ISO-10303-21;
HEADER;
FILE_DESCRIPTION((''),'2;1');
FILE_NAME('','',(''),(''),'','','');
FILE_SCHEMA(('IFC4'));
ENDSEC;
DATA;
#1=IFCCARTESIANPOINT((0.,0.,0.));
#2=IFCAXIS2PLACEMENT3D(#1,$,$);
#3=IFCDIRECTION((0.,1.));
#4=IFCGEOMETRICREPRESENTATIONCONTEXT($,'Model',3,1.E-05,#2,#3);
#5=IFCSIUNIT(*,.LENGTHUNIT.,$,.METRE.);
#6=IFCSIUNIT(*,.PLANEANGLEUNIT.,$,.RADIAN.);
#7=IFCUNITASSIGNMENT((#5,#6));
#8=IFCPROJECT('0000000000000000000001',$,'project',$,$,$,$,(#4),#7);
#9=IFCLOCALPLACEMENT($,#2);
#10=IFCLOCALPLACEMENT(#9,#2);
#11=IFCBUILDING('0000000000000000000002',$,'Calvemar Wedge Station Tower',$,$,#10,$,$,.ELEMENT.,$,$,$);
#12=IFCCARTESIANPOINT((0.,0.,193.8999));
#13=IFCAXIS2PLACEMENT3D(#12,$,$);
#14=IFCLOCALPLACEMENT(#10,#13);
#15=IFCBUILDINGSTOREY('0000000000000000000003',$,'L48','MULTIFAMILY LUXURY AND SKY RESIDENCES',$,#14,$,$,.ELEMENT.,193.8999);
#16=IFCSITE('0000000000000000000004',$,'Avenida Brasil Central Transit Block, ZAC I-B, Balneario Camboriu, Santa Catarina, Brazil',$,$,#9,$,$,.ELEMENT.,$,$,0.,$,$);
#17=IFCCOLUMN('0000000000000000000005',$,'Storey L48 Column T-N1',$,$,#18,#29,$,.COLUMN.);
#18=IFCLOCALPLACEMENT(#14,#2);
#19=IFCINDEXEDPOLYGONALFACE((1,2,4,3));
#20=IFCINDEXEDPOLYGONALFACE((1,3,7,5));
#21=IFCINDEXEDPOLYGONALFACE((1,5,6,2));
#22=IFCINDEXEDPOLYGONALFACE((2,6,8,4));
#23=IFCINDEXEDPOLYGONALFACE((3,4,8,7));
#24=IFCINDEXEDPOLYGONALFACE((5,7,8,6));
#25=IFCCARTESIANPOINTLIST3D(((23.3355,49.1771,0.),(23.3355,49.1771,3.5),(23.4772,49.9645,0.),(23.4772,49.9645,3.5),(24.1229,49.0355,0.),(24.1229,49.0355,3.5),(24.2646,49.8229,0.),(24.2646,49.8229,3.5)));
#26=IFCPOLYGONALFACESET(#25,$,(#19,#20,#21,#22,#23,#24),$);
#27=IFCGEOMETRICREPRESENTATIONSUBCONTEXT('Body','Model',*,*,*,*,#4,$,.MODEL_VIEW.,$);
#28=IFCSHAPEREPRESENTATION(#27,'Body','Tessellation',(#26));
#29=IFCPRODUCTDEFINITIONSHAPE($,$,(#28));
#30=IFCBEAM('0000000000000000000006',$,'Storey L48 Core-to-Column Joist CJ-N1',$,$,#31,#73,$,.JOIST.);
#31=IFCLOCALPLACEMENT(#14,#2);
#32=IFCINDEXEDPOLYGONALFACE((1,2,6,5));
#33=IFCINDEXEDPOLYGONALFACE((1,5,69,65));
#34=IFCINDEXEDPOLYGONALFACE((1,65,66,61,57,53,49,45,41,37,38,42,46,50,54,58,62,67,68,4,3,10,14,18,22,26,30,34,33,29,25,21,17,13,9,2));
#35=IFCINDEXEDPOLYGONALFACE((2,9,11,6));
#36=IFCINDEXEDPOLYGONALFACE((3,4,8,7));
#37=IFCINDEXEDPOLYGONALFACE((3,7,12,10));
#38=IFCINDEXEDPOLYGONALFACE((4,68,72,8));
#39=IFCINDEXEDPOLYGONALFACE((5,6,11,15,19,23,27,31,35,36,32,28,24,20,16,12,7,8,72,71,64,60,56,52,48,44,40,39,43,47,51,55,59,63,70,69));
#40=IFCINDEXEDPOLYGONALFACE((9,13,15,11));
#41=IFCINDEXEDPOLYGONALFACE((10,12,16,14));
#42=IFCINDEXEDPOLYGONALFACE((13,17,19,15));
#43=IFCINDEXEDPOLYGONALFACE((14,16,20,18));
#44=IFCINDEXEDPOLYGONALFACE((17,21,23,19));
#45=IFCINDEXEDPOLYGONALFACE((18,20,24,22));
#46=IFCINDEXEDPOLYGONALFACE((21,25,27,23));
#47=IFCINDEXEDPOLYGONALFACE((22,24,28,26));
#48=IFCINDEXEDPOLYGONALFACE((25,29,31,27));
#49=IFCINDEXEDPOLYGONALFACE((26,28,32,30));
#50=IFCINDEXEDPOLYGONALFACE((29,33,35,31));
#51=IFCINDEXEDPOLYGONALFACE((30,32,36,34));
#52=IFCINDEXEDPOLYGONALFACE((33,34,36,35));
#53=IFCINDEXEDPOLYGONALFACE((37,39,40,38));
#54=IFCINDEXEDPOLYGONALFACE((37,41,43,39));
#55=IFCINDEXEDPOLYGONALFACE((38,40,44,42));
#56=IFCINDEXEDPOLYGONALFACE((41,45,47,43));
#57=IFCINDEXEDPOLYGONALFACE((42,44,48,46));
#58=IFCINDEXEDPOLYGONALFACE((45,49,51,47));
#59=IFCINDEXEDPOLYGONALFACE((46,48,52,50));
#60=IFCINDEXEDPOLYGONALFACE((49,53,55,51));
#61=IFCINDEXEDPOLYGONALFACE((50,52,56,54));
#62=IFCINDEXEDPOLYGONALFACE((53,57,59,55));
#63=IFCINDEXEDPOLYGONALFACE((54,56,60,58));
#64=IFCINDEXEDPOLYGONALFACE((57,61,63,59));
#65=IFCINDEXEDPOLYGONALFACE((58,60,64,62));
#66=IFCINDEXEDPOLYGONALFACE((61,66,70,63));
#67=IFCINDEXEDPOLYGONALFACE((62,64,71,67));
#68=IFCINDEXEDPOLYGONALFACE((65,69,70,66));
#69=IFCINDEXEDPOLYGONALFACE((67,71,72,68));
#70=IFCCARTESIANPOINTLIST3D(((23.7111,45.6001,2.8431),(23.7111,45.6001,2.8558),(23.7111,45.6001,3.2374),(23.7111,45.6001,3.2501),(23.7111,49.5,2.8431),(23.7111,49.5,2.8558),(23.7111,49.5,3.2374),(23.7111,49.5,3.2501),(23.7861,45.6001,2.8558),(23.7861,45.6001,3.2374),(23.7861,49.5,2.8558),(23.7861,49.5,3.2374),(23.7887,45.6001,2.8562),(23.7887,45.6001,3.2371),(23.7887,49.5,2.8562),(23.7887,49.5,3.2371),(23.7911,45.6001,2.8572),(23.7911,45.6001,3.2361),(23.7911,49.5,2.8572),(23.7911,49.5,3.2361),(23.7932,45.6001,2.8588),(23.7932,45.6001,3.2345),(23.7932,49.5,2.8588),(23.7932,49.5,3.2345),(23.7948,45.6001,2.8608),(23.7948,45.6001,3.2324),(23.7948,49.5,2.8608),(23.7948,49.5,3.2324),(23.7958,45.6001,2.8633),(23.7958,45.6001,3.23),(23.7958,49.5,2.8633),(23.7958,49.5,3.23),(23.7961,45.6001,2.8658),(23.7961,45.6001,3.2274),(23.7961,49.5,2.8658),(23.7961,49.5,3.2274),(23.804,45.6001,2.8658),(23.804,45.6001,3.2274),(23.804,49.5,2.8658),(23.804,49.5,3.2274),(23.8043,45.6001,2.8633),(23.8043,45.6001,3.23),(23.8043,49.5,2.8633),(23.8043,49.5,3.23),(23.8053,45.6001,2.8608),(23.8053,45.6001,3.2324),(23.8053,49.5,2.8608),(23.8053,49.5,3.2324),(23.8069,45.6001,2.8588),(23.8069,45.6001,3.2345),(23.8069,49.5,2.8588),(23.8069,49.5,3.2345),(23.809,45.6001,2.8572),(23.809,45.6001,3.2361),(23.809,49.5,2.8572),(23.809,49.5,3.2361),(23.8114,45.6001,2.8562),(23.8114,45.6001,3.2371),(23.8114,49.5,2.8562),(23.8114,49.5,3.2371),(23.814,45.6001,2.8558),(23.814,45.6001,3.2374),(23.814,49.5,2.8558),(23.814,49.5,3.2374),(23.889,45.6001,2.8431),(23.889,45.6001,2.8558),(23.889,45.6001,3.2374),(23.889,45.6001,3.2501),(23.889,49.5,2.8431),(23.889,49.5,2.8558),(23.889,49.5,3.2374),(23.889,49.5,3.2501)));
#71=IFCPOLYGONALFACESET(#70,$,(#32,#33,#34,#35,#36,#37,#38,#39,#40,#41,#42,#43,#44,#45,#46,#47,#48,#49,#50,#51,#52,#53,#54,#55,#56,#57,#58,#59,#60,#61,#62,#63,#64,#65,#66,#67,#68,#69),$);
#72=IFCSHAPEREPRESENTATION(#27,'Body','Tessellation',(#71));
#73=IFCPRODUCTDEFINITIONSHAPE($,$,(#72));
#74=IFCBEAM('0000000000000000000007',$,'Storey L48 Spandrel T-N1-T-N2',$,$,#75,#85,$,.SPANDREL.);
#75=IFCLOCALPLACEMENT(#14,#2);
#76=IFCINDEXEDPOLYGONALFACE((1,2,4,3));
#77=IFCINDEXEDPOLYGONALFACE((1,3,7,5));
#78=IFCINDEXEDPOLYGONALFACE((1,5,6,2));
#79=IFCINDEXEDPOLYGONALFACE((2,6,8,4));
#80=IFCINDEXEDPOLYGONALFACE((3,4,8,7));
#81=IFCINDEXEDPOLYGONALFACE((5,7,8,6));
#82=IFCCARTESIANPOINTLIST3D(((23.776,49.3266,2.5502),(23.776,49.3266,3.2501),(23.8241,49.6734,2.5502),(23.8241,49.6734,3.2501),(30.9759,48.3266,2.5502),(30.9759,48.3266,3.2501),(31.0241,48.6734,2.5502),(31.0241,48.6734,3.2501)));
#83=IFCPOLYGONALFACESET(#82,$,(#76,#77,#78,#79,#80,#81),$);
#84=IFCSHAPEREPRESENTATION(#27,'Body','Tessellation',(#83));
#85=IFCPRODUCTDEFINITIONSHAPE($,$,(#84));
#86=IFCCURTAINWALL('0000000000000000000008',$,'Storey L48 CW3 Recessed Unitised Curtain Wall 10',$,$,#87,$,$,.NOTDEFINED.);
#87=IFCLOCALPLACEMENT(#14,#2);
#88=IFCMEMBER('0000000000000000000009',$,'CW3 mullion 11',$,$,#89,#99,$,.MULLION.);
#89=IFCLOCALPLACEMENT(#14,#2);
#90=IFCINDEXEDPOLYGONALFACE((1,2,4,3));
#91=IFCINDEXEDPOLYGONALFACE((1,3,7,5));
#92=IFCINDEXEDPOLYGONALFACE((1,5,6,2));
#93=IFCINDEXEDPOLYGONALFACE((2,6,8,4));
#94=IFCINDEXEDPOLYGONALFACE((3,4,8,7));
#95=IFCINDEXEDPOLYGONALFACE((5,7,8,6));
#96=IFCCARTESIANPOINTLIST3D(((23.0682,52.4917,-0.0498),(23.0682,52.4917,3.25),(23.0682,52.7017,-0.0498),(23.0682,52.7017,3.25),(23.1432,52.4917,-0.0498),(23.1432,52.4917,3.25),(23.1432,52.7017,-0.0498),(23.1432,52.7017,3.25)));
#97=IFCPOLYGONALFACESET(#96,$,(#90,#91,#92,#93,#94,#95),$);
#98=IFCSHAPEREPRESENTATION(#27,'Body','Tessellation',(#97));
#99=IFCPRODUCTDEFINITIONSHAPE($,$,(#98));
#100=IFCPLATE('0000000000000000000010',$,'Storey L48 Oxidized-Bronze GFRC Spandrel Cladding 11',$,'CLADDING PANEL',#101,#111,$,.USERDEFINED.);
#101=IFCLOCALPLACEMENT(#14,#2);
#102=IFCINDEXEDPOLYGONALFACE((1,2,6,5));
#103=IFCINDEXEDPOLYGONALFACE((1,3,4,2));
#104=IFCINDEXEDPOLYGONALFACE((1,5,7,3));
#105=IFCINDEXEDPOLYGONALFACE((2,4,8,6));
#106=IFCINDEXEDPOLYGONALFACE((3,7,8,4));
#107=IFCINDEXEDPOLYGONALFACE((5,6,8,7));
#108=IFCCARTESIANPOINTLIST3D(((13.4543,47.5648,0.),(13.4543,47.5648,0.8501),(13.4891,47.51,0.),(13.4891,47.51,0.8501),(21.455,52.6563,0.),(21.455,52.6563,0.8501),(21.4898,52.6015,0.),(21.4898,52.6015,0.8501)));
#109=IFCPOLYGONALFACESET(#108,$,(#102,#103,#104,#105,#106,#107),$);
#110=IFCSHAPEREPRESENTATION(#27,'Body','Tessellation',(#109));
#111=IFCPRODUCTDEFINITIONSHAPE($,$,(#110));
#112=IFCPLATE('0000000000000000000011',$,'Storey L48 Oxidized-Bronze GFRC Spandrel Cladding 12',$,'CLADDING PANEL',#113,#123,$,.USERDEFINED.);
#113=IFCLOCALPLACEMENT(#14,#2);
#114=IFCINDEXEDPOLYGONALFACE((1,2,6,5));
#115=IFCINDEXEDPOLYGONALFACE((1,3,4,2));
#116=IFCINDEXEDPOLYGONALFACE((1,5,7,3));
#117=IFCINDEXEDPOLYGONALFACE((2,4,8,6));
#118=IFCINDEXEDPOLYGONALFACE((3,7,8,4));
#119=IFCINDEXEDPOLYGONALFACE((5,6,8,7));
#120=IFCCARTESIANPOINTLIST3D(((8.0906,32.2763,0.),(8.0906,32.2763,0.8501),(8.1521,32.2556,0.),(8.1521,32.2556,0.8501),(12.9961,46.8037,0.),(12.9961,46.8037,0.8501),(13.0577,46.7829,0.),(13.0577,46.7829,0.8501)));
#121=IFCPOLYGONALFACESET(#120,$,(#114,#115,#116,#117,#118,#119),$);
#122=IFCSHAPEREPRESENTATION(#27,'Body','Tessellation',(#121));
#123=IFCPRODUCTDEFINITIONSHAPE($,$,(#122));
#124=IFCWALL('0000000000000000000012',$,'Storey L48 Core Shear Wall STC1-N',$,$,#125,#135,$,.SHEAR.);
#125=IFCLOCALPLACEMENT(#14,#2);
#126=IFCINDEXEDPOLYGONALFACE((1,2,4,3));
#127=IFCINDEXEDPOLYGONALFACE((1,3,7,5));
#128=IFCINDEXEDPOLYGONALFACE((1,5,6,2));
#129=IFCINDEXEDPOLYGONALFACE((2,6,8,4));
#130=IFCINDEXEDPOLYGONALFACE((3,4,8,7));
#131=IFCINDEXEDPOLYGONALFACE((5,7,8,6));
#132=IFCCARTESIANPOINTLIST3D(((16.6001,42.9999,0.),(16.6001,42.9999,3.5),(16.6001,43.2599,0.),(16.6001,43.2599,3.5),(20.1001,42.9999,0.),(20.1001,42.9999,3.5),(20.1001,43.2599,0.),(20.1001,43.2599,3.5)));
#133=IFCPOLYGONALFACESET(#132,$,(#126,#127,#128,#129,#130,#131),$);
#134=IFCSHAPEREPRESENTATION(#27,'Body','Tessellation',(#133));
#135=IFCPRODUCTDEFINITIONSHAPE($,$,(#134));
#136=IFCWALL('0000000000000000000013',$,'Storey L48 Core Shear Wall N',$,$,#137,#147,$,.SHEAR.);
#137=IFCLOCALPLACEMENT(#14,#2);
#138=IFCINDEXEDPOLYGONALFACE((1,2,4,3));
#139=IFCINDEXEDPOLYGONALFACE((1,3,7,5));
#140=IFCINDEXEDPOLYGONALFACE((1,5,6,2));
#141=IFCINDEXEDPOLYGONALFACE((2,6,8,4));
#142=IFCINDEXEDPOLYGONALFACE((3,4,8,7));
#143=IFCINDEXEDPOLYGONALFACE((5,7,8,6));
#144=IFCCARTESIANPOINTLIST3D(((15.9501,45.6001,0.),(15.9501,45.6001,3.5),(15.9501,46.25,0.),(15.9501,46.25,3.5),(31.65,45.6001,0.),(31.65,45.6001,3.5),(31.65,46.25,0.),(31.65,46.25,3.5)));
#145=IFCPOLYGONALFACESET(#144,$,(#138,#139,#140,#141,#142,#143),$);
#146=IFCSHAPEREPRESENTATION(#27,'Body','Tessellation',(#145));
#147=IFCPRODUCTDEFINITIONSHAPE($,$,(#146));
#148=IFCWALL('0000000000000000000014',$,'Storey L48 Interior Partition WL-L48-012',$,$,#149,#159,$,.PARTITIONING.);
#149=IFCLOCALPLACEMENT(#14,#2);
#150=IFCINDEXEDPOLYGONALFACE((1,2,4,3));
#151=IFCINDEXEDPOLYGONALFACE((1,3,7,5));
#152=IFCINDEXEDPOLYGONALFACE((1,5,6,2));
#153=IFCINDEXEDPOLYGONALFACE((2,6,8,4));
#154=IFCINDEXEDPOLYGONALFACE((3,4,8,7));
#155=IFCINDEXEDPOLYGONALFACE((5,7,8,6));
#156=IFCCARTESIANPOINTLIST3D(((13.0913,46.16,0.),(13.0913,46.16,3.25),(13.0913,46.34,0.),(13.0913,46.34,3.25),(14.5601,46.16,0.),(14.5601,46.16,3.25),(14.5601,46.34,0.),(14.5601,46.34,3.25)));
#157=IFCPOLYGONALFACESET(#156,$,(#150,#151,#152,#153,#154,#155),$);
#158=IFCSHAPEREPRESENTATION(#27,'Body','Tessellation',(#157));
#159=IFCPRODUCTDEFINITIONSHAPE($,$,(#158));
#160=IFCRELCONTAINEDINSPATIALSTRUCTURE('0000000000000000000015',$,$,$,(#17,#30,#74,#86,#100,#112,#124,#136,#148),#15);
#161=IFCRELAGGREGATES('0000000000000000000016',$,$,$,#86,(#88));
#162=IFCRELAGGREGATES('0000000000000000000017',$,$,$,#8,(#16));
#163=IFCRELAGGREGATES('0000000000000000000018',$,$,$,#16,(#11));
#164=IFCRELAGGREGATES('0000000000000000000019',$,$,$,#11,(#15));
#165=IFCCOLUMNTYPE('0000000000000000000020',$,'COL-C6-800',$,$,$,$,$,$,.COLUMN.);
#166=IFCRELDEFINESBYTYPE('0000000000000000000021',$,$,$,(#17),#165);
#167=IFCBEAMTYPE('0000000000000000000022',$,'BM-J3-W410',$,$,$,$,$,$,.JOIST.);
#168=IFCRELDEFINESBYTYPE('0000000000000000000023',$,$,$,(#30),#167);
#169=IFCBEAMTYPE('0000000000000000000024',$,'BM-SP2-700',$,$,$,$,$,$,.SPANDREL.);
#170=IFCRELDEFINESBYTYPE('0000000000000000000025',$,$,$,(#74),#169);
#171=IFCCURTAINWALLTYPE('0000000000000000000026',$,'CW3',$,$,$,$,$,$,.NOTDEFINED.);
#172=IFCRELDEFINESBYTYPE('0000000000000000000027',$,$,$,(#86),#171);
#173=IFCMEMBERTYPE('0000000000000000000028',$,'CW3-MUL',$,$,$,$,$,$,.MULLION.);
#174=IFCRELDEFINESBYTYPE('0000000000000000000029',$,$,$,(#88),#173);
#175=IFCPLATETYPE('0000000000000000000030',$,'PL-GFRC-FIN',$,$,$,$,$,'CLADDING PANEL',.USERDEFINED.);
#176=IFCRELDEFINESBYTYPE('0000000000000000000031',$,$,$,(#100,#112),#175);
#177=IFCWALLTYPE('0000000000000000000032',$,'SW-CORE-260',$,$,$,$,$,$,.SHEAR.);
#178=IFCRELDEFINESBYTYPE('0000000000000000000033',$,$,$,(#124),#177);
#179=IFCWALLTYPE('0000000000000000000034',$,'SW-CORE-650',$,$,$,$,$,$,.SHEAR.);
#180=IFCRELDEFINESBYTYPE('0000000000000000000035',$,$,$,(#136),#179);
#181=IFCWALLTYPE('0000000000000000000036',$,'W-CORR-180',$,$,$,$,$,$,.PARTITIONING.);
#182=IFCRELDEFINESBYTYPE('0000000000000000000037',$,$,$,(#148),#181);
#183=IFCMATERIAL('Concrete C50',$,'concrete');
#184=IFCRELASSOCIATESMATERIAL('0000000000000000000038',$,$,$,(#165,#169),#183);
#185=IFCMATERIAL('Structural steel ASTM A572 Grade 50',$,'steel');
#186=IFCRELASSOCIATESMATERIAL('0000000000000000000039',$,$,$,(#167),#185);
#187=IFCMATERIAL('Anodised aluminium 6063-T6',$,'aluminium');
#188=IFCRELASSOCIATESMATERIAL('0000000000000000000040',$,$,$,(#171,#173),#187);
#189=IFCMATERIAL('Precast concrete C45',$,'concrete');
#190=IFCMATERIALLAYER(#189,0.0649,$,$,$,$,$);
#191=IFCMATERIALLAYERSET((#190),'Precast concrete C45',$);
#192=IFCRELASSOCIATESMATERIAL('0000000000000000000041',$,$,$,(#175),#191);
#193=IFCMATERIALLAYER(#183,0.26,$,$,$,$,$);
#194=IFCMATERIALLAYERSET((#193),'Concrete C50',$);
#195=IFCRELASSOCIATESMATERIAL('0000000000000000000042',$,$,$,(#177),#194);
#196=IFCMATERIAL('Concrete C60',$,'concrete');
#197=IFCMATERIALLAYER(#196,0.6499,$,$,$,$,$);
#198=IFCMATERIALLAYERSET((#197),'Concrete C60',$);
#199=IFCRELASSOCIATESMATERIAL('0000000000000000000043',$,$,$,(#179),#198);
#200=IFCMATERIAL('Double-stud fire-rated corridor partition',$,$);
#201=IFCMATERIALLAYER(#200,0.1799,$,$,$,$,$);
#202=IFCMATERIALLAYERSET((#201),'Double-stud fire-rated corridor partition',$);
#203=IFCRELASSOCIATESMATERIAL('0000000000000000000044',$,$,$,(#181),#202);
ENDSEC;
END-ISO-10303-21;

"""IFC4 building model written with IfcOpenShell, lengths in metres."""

from ifc_helpers import new_model, si_unit, direction, frame, frame_2d, origin, origin_2d, place, context, subcontext, project, spatial, rectangle, i_section, extrude, source, transform, mapped, material, layer, layer_set, material_profile, profile_set, type_object, element, aggregate, save


model = new_model("IFC4")

# Units and contexts
model_context = context("Model", 3, precision=1e-05, world=origin(), true_north=direction((0.0, 1.0)))
body_context = subcontext(model_context, "Body", "Model", "MODEL_VIEW")
ifc_project = project(units=[si_unit("LENGTHUNIT", "METRE"), si_unit("PLANEANGLEUNIT", "RADIAN")], contexts=[model_context])

# Site, building, storey
site_placement = place(None, origin())
site = spatial("IfcSite", under=ifc_project, at=site_placement, Name="Avenida Brasil Central Transit Block, ZAC I-B, Balneario Camboriu, Santa Catarina, Brazil", CompositionType="ELEMENT", RefElevation=0.0)
building_placement = place(site_placement, origin())
building = spatial("IfcBuilding", under=site, at=building_placement, Name="Calvemar Wedge Station Tower", CompositionType="ELEMENT")
storey_placement = place(building_placement, frame((0.0, 0.0, 193.8999)))
storey = spatial("IfcBuildingStorey", under=building, at=storey_placement, Name="L48", Description="MULTIFAMILY LUXURY AND SKY RESIDENCES", CompositionType="ELEMENT", Elevation=193.8999)

# Column
ifc_material_1 = material(Name="Concrete C50", Category="concrete")
ifc_material_profile_1 = material_profile(ifc_material_1, rectangle(XDim=0.8, YDim=0.8, at=origin_2d()), Name="RC800x800")
ifc_profile_set_1 = profile_set([ifc_material_profile_1], Name="Concrete C50")
column_type = type_object("IfcColumnType", Name="COL-C6-800", PredefinedType="COLUMN", material=ifc_profile_set_1)
shared_shape_1 = source(origin(), body_context, "Body", "SweptSolid", [
    extrude(rectangle(XDim=0.8, YDim=0.8, at=origin_2d()), origin(), (0.0, 0.0, 1.0), 3.5),
])
column_placement = place(storey_placement, frame((23.8, 49.5, 0.0), z_axis=(0.0, 0.0, 1.0), x_axis=(0.984196, -0.177085, 0.0)))
element("IfcColumn", 1, at=column_placement, inside=storey, type_object=column_type, Name="Storey L48 Column T-N1", PredefinedType="COLUMN", context=body_context, shape_type="MappedRepresentation", body=[
    mapped(shared_shape_1, transform((0.0, 0.0, 0.0), scale=1.0)),
])

# Beams
ifc_material_2 = material(Name="Structural steel ASTM A572 Grade 50", Category="steel")
ifc_material_profile_2 = material_profile(ifc_material_2, i_section(OverallWidth=0.178, OverallDepth=0.407, WebThickness=0.0078, FlangeThickness=0.0127, FilletRadius=0.01, at=origin_2d()), Name="W410x60")
ifc_profile_set_2 = profile_set([ifc_material_profile_2], Name="Structural steel ASTM A572 Grade 50")
beam_type_1 = type_object("IfcBeamType", Name="BM-J3-W410", PredefinedType="JOIST", material=ifc_profile_set_2)
shared_shape_2 = source(origin(), body_context, "Body", "SweptSolid", [
    extrude(i_section(OverallWidth=0.178, OverallDepth=0.407, WebThickness=0.0078, FlangeThickness=0.0127, FilletRadius=0.01, at=origin_2d()), origin(), (0.0, 0.0, 1.0), 3.8999),
])
beam_1_placement = place(storey_placement, frame((23.8, 45.6001, 3.0466), z_axis=(0.0, 1.0, 0.0), x_axis=(-1.0, 0.0, 0.0)))
element("IfcBeam", 2, at=beam_1_placement, inside=storey, type_object=beam_type_1, Name="Storey L48 Core-to-Column Joist CJ-N1", PredefinedType="JOIST", context=body_context, shape_type="MappedRepresentation", body=[
    mapped(shared_shape_2, transform((0.0, 0.0, 0.0), scale=1.0)),
])
ifc_material_profile_3 = material_profile(ifc_material_1, rectangle(XDim=0.3501, YDim=0.7, at=origin_2d()), Name="RC350x700")
ifc_profile_set_3 = profile_set([ifc_material_profile_3], Name="Concrete C50")
beam_type_2 = type_object("IfcBeamType", Name="BM-SP2-700", PredefinedType="SPANDREL", material=ifc_profile_set_3)
shared_shape_3 = source(origin(), body_context, "Body", "SweptSolid", [
    extrude(rectangle(XDim=0.3501, YDim=0.7, at=origin_2d()), origin(), (0.0, 0.0, 1.0), 7.269),
])
beam_2_placement = place(storey_placement, frame((23.8, 49.5, 2.9001), z_axis=(0.990492, -0.137569, 0.0), x_axis=(0.137569, 0.990492, 0.0)))
element("IfcBeam", 3, at=beam_2_placement, inside=storey, type_object=beam_type_2, Name="Storey L48 Spandrel T-N1-T-N2", PredefinedType="SPANDREL", context=body_context, shape_type="MappedRepresentation", body=[
    mapped(shared_shape_3, transform((0.0, 0.0, 0.0), scale=1.0)),
])

# Curtain wall, member
ifc_material_3 = material(Name="Anodised aluminium 6063-T6", Category="aluminium")
curtain_wall_type = type_object("IfcCurtainWallType", Name="CW3", PredefinedType="NOTDEFINED", material=ifc_material_3)
curtain_wall_placement = place(storey_placement, origin())
curtain_wall = element("IfcCurtainWall", 4, at=curtain_wall_placement, inside=storey, type_object=curtain_wall_type, Name="Storey L48 CW3 Recessed Unitised Curtain Wall 10", PredefinedType="NOTDEFINED")
ifc_material_profile_4 = material_profile(ifc_material_3, rectangle(XDim=0.075, YDim=0.21, at=origin_2d()), Name="AL-MUL-75x210")
ifc_profile_set_4 = profile_set([ifc_material_profile_4], Name="Anodised aluminium 6063-T6")
member_type = type_object("IfcMemberType", Name="CW3-MUL", PredefinedType="MULLION", material=ifc_profile_set_4)
shared_shape_4 = source(origin(), body_context, "Body", "SweptSolid", [
    extrude(rectangle(XDim=0.075, YDim=0.21, at=origin_2d()), origin(), (0.0, 0.0, 1.0), 3.2998),
])
member_placement = place(storey_placement, frame((23.1057, 52.5967, -0.0498), z_axis=(0.0, 0.0, 1.0), x_axis=(1.0, 0.0, 0.0)))
member = element("IfcMember", 5, at=member_placement, type_object=member_type, Name="CW3 mullion 11", PredefinedType="MULLION", context=body_context, shape_type="MappedRepresentation", body=[
    mapped(shared_shape_4, transform((0.0, 0.0, 0.0), scale=1.0)),
])
aggregate(curtain_wall, [member])

# Plates
ifc_material_4 = material(Name="Precast concrete C45", Category="concrete")
ifc_layer_1 = layer(ifc_material_4, 0.0649)
ifc_layer_set_1 = layer_set([ifc_layer_1], Name="Precast concrete C45")
plate_type = type_object("IfcPlateType", Name="PL-GFRC-FIN", ElementType="CLADDING PANEL", PredefinedType="USERDEFINED", material=ifc_layer_set_1)
plate_1_placement = place(storey_placement, frame((21.4724, 52.6289, 0.0), z_axis=(0.0, 0.0, 1.0), x_axis=(-0.843653, -0.536889, 0.0)))
element("IfcPlate", 6, at=plate_1_placement, inside=storey, type_object=plate_type, Name="Storey L48 Oxidized-Bronze GFRC Spandrel Cladding 11", ObjectType="CLADDING PANEL", PredefinedType="USERDEFINED", context=body_context, shape_type="SweptSolid", body=[
    extrude(rectangle(XDim=9.4834, YDim=0.0649, at=frame_2d((4.7417, 0.0))), origin(), (0.0, 0.0, 1.0), 0.8501),
])
plate_2_placement = place(storey_placement, frame((13.0269, 46.7932, 0.0), z_axis=(0.0, 0.0, 1.0), x_axis=(-0.319927, -0.947442, 0.0)))
element("IfcPlate", 7, at=plate_2_placement, inside=storey, type_object=plate_type, Name="Storey L48 Oxidized-Bronze GFRC Spandrel Cladding 12", ObjectType="CLADDING PANEL", PredefinedType="USERDEFINED", context=body_context, shape_type="SweptSolid", body=[
    extrude(rectangle(XDim=15.3333, YDim=0.0649, at=frame_2d((7.6665, 0.0))), origin(), (0.0, 0.0, 1.0), 0.8501),
])

# Walls
ifc_layer_2 = layer(ifc_material_1, 0.26)
ifc_layer_set_2 = layer_set([ifc_layer_2], Name="Concrete C50")
wall_type_1 = type_object("IfcWallType", Name="SW-CORE-260", PredefinedType="SHEAR", material=ifc_layer_set_2)
wall_1_placement = place(storey_placement, frame((16.6001, 43.1299, 0.0), z_axis=(0.0, 0.0, 1.0), x_axis=(1.0, 0.0, 0.0)))
element("IfcWall", 8, at=wall_1_placement, inside=storey, type_object=wall_type_1, Name="Storey L48 Core Shear Wall STC1-N", PredefinedType="SHEAR", context=body_context, shape_type="SweptSolid", body=[
    extrude(rectangle(XDim=3.5, YDim=0.26, at=frame_2d((1.75, 0.0))), origin(), (0.0, 0.0, 1.0), 3.5),
])
ifc_material_5 = material(Name="Concrete C60", Category="concrete")
ifc_layer_3 = layer(ifc_material_5, 0.6499)
ifc_layer_set_3 = layer_set([ifc_layer_3], Name="Concrete C60")
wall_type_2 = type_object("IfcWallType", Name="SW-CORE-650", PredefinedType="SHEAR", material=ifc_layer_set_3)
wall_2_placement = place(storey_placement, frame((15.95, 45.925, 0.0), z_axis=(0.0, 0.0, 1.0), x_axis=(1.0, 0.0, 0.0)))
element("IfcWall", 9, at=wall_2_placement, inside=storey, type_object=wall_type_2, Name="Storey L48 Core Shear Wall N", PredefinedType="SHEAR", context=body_context, shape_type="SweptSolid", body=[
    extrude(rectangle(XDim=15.7, YDim=0.6499, at=frame_2d((7.8501, 0.0))), origin(), (0.0, 0.0, 1.0), 3.5),
])
ifc_material_6 = material(Name="Double-stud fire-rated corridor partition")
ifc_layer_4 = layer(ifc_material_6, 0.1799)
ifc_layer_set_4 = layer_set([ifc_layer_4], Name="Double-stud fire-rated corridor partition")
wall_type_3 = type_object("IfcWallType", Name="W-CORR-180", PredefinedType="PARTITIONING", material=ifc_layer_set_4)
wall_3_placement = place(storey_placement, frame((14.5601, 46.25, 0.0), z_axis=(0.0, 0.0, 1.0), x_axis=(-1.0, 0.0, 0.0)))
element("IfcWall", 10, at=wall_3_placement, inside=storey, type_object=wall_type_3, Name="Storey L48 Interior Partition WL-L48-012", PredefinedType="PARTITIONING", context=body_context, shape_type="SweptSolid", body=[
    extrude(rectangle(XDim=1.4688, YDim=0.1799, at=frame_2d((0.7344, 0.0))), origin(), (0.0, 0.0, 1.0), 3.25),
])

save(model, "model.ifc")
